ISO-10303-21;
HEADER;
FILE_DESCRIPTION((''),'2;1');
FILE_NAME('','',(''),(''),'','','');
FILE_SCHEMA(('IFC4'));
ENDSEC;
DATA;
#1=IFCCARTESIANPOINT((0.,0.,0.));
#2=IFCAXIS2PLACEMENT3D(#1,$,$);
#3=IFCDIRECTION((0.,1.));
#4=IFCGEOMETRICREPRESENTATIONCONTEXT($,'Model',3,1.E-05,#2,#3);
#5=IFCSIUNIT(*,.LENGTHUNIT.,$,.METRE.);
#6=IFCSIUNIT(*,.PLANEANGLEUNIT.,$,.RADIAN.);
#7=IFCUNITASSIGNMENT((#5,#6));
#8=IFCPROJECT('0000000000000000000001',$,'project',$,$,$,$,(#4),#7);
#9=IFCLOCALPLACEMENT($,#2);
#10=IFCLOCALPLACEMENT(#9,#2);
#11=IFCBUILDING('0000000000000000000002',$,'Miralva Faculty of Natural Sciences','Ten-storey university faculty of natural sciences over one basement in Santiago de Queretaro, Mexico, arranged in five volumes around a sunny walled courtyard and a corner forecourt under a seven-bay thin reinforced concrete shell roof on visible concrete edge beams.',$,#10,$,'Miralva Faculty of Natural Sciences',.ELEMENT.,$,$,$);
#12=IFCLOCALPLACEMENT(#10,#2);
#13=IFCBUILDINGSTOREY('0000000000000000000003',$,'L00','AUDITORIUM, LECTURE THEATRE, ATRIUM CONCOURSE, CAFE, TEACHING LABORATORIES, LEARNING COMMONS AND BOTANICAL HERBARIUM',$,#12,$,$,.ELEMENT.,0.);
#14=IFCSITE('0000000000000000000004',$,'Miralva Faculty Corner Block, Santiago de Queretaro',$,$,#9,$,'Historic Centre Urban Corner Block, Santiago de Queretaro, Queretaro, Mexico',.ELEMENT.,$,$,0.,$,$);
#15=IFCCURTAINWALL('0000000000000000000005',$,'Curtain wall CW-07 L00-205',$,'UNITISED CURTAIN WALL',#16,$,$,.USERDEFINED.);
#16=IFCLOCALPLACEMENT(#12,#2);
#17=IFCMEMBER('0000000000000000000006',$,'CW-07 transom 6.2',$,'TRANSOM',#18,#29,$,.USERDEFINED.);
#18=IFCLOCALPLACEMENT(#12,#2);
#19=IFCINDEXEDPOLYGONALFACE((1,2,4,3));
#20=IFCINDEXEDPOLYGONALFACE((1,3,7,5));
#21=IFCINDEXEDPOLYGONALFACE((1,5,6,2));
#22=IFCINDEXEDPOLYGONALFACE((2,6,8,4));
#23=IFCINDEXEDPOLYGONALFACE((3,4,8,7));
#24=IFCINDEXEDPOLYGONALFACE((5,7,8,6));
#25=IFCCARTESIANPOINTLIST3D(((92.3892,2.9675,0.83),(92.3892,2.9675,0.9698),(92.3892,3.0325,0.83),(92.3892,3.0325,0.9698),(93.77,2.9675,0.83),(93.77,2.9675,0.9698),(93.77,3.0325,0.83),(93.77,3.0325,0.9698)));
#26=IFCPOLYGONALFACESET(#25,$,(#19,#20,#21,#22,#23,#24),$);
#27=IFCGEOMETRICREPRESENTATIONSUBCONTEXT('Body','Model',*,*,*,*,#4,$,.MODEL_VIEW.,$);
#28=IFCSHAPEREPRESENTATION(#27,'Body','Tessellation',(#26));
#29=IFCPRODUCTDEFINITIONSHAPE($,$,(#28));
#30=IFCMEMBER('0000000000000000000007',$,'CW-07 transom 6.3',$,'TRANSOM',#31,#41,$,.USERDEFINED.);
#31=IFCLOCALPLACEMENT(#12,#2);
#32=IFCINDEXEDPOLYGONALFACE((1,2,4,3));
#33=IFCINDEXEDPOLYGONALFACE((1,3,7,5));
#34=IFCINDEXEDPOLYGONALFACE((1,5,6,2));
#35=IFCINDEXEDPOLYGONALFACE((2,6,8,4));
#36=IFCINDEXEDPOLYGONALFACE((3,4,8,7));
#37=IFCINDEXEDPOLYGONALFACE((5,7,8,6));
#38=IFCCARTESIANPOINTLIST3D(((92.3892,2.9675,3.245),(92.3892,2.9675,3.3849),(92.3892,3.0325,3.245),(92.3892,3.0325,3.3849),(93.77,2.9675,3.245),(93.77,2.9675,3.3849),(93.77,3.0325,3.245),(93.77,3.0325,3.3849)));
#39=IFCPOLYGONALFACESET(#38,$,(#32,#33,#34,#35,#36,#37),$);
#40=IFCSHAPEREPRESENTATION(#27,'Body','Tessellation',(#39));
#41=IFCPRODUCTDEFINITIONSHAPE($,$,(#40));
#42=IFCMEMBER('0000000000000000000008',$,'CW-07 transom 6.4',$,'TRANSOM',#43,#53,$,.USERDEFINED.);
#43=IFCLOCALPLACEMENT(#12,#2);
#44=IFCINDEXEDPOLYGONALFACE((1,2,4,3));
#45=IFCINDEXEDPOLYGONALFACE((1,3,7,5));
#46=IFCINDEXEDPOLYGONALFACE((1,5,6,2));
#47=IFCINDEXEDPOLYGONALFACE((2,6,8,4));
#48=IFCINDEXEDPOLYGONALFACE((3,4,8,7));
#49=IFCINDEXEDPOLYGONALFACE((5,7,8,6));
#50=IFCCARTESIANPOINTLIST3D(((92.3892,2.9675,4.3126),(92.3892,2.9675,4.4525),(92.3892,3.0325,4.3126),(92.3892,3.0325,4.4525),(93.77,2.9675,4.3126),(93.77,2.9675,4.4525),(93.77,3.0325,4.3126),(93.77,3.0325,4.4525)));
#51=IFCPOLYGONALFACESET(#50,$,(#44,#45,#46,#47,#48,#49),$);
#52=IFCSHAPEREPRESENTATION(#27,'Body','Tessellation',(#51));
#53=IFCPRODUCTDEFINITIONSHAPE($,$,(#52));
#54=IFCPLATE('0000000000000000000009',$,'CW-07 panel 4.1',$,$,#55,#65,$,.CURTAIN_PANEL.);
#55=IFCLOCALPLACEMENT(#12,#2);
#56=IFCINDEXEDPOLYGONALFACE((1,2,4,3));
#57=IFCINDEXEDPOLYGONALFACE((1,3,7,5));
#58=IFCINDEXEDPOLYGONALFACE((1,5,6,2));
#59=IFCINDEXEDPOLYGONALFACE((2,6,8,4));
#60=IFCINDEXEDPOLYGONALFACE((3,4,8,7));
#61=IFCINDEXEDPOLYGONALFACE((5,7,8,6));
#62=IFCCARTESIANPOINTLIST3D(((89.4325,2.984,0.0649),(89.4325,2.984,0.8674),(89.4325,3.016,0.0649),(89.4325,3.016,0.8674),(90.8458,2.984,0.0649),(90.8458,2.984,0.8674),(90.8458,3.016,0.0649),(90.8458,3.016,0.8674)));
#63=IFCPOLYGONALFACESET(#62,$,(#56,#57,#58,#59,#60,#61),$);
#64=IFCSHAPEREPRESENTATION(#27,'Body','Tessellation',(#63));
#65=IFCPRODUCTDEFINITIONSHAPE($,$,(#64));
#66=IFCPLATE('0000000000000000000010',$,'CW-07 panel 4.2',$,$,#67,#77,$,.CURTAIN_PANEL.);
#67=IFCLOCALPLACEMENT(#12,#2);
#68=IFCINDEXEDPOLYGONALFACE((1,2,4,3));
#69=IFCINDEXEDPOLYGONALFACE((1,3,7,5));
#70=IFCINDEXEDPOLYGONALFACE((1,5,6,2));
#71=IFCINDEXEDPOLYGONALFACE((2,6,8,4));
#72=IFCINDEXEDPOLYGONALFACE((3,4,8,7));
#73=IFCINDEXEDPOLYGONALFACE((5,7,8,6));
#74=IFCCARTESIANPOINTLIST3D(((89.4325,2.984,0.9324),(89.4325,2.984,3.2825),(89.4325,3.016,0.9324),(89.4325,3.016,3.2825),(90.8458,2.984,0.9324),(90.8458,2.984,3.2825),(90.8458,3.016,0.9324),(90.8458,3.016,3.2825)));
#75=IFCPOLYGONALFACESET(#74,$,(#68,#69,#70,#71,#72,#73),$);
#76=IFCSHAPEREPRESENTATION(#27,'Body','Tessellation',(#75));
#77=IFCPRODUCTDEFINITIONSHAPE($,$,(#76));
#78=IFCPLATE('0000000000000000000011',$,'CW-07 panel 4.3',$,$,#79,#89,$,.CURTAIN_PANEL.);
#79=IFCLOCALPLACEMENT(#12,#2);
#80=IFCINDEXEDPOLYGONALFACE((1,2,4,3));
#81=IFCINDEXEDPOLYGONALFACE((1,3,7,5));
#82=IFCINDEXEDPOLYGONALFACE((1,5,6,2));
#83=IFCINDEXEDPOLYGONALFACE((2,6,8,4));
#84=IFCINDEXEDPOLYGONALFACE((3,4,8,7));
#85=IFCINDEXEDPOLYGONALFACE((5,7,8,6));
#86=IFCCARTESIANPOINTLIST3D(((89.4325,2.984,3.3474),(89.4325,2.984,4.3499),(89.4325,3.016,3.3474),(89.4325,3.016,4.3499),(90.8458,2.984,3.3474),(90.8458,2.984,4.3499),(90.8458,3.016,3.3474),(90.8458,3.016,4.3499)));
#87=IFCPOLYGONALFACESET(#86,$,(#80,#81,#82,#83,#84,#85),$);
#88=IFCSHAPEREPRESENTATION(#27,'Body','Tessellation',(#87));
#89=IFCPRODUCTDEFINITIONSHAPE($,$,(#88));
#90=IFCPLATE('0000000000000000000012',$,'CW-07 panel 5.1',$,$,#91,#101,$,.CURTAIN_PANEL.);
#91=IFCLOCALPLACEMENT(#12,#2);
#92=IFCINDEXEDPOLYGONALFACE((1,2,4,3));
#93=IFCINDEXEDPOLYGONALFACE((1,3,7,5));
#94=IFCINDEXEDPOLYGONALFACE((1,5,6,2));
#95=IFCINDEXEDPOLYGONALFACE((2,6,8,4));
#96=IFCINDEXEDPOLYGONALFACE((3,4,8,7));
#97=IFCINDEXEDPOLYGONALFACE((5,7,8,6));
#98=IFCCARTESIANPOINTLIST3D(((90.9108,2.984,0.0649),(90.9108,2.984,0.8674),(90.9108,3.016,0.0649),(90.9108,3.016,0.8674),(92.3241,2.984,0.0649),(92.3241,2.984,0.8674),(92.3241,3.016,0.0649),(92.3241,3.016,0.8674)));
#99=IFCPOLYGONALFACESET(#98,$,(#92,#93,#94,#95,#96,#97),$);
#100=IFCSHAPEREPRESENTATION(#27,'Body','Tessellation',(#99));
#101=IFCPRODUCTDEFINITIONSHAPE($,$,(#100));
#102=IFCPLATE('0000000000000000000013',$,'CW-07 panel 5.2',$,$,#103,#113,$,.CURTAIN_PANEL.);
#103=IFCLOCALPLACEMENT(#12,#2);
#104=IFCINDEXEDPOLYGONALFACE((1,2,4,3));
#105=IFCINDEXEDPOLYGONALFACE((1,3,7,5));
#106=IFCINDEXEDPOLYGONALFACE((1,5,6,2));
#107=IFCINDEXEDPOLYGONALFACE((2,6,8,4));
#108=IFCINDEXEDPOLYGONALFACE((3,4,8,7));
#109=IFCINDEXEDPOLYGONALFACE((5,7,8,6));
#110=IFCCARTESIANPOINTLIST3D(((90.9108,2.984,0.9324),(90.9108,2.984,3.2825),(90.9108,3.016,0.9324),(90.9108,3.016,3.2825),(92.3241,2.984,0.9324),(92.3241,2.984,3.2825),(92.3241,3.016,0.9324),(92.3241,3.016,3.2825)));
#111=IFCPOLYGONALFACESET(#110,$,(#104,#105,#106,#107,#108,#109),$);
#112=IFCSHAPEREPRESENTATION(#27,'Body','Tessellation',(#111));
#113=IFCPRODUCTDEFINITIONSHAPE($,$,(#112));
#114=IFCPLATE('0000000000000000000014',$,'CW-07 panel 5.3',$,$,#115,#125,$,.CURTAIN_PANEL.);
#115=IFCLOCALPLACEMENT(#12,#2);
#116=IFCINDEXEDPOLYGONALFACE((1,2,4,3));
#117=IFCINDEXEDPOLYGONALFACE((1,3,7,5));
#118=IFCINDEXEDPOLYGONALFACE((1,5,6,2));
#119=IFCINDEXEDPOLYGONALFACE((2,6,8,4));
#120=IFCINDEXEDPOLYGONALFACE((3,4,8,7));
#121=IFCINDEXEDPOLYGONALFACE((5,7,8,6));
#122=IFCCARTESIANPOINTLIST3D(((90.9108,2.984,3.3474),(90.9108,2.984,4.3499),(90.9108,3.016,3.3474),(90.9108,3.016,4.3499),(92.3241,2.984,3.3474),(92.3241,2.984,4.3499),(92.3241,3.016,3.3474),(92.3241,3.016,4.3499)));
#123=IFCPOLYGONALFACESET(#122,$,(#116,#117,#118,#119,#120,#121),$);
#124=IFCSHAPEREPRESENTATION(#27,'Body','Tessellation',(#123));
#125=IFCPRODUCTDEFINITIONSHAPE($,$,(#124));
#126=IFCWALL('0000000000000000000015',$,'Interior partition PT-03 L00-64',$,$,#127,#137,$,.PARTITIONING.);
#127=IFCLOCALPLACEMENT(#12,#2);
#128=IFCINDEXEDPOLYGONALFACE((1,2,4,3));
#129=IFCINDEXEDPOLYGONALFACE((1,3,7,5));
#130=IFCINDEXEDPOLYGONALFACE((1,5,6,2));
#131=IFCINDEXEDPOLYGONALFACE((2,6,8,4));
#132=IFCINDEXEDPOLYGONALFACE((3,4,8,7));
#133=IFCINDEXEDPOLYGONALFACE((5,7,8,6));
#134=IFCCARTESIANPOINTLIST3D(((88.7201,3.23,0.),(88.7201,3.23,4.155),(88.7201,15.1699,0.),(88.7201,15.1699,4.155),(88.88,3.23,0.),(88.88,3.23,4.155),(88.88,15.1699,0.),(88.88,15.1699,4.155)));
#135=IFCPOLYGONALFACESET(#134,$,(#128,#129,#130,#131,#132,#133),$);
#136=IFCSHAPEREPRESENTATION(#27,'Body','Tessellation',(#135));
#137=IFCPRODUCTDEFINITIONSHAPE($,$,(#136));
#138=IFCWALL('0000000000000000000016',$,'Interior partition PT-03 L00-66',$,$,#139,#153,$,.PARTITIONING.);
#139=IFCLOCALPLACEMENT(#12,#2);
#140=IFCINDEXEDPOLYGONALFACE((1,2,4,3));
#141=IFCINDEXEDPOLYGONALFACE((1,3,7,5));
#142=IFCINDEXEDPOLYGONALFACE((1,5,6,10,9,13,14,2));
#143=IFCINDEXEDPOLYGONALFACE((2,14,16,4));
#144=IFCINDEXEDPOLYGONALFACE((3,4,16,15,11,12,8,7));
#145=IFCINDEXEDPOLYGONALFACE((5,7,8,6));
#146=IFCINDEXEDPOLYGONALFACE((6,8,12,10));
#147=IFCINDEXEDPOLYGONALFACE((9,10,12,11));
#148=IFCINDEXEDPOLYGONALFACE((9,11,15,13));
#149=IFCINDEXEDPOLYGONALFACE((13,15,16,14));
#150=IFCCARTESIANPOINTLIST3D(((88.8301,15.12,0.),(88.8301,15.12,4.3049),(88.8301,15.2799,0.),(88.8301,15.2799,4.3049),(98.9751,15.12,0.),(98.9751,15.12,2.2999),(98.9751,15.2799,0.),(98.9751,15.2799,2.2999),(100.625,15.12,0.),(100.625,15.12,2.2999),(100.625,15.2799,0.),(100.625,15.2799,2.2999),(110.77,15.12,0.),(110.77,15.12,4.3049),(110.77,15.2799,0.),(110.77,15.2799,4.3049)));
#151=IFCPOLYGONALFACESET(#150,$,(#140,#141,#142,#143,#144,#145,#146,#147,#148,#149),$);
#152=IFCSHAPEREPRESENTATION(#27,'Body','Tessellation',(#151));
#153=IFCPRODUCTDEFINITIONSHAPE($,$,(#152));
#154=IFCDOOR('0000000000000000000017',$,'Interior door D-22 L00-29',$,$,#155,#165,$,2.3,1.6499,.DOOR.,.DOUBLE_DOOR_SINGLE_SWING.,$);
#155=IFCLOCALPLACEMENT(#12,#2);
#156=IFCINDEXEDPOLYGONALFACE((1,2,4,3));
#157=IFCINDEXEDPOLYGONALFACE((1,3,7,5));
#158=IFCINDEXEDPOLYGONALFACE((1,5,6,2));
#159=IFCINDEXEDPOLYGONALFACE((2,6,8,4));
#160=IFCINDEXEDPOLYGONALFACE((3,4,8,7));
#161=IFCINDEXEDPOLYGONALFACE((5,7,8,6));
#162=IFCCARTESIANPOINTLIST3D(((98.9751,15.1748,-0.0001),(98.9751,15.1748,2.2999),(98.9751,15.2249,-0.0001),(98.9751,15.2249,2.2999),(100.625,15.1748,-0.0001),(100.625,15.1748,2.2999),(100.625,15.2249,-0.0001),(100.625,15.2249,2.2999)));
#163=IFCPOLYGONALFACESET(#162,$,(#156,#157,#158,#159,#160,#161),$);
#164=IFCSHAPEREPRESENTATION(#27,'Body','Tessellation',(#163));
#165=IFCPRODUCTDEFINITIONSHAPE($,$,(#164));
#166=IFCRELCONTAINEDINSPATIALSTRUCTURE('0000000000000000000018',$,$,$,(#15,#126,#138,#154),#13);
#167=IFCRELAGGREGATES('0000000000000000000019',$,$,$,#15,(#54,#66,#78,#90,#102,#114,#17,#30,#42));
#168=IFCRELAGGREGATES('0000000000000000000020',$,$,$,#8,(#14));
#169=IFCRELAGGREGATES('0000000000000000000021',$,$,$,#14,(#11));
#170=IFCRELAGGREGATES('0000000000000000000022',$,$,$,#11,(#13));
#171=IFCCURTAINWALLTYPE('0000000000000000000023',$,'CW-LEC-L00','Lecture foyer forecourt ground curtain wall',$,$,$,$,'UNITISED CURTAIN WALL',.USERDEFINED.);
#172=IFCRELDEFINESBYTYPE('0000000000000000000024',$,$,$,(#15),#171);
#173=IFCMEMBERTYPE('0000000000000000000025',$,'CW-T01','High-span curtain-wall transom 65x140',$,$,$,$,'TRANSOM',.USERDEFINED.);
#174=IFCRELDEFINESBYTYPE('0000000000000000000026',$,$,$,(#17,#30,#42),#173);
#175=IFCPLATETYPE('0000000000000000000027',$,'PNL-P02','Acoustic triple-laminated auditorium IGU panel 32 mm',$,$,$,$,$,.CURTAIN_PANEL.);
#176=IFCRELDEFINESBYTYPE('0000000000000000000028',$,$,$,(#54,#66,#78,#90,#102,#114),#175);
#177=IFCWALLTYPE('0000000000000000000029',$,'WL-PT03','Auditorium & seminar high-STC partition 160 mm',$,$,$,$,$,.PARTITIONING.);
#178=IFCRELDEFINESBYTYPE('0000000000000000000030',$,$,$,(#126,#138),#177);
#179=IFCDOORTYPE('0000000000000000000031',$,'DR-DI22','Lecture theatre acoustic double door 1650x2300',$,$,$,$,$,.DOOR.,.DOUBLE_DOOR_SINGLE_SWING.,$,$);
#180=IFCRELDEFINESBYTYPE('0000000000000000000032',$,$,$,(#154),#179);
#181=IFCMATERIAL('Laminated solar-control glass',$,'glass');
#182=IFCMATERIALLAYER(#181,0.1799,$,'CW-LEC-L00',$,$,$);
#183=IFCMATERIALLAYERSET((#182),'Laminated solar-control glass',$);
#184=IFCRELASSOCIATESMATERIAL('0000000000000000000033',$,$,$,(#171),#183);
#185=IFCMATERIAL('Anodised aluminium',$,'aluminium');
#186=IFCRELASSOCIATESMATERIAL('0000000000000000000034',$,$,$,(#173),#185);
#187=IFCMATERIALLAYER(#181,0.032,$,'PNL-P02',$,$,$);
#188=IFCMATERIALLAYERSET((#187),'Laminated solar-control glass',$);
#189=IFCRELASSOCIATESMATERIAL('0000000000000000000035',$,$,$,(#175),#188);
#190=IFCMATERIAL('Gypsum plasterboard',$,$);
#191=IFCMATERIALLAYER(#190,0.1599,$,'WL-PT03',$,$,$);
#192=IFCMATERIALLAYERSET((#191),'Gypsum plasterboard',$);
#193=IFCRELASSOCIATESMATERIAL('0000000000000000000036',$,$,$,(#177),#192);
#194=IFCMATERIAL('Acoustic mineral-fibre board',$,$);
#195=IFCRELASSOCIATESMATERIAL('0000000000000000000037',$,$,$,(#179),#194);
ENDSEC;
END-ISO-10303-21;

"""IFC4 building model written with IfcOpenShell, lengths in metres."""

from ifc_helpers import new_model, si_unit, direction, frame, frame_2d, origin, origin_2d, place, context, subcontext, project, spatial, rectangle, extrude, material, layer, layer_set, material_profile, profile_set, type_object, element, fill, aggregate, save


model = new_model("IFC4")

# Units and contexts
model_context = context("Model", 3, precision=1e-05, world=origin(), true_north=direction((0.0, 1.0)))
body_context = subcontext(model_context, "Body", "Model", "MODEL_VIEW")
ifc_project = project(units=[si_unit("LENGTHUNIT", "METRE"), si_unit("PLANEANGLEUNIT", "RADIAN")], contexts=[model_context])

# Site, building, storey
site_placement = place(None, origin())
site = spatial("IfcSite", under=ifc_project, at=site_placement, Name="Miralva Faculty Corner Block, Santiago de Queretaro", LongName="Historic Centre Urban Corner Block, Santiago de Queretaro, Queretaro, Mexico", CompositionType="ELEMENT", RefElevation=0.0)
building_placement = place(site_placement, origin())
building = spatial("IfcBuilding", under=site, at=building_placement, Name="Miralva Faculty of Natural Sciences", Description="Ten-storey university faculty of natural sciences over one basement in Santiago de Queretaro, Mexico, arranged in five volumes around a sunny walled courtyard and a corner forecourt under a seven-bay thin reinforced concrete shell roof on visible concrete edge beams.", LongName="Miralva Faculty of Natural Sciences", CompositionType="ELEMENT")
storey_placement = place(building_placement, origin())
storey = spatial("IfcBuildingStorey", under=building, at=storey_placement, Name="L00", Description="AUDITORIUM, LECTURE THEATRE, ATRIUM CONCOURSE, CAFE, TEACHING LABORATORIES, LEARNING COMMONS AND BOTANICAL HERBARIUM", CompositionType="ELEMENT", Elevation=0.0)

# Curtain wall, members, plates
ifc_material_1 = material(Name="Laminated solar-control glass", Category="glass")
ifc_layer_1 = layer(ifc_material_1, 0.1799, Name="CW-LEC-L00")
ifc_layer_set_1 = layer_set([ifc_layer_1], Name="Laminated solar-control glass")
curtain_wall_type = type_object("IfcCurtainWallType", Name="CW-LEC-L00", Description="Lecture foyer forecourt ground curtain wall", ElementType="UNITISED CURTAIN WALL", PredefinedType="USERDEFINED", material=ifc_layer_set_1)
curtain_wall_placement = place(storey_placement, origin())
curtain_wall = element("IfcCurtainWall", 1, at=curtain_wall_placement, inside=storey, type_object=curtain_wall_type, Name="Curtain wall CW-07 L00-205", ObjectType="UNITISED CURTAIN WALL", PredefinedType="USERDEFINED")
ifc_material_2 = material(Name="Anodised aluminium", Category="aluminium")
ifc_material_profile_1 = material_profile(ifc_material_2, rectangle(XDim=0.0649, YDim=0.1399, at=origin_2d()), Name="TRANSOM 65x140")
ifc_profile_set_1 = profile_set([ifc_material_profile_1], Name="Anodised aluminium")
member_type_1 = type_object("IfcMemberType", Name="CW-T01", Description="High-span curtain-wall transom 65x140", ElementType="TRANSOM", PredefinedType="USERDEFINED", material=ifc_profile_set_1)
member_1_placement = place(storey_placement, frame((92.3892, 3.0, 0.8999), z_axis=(1.0, 0.0, 0.0), x_axis=(0.0, 1.0, 0.0)))
member_1 = element("IfcMember", 2, at=member_1_placement, type_object=member_type_1, Name="CW-07 transom 6.2", ObjectType="TRANSOM", PredefinedType="USERDEFINED", context=body_context, shape_type="SweptSolid", body=[
    extrude(rectangle(XDim=0.0649, YDim=0.1399, at=origin_2d()), origin(), (0.0, 0.0, 1.0), 1.3809),
])
member_2_placement = place(storey_placement, frame((92.3892, 3.0, 3.3149), z_axis=(1.0, 0.0, 0.0), x_axis=(0.0, 1.0, 0.0)))
member_2 = element("IfcMember", 3, at=member_2_placement, type_object=member_type_1, Name="CW-07 transom 6.3", ObjectType="TRANSOM", PredefinedType="USERDEFINED", context=body_context, shape_type="SweptSolid", body=[
    extrude(rectangle(XDim=0.0649, YDim=0.1399, at=origin_2d()), origin(), (0.0, 0.0, 1.0), 1.3809),
])
member_3_placement = place(storey_placement, frame((92.3892, 3.0, 4.3826), z_axis=(1.0, 0.0, 0.0), x_axis=(0.0, 1.0, 0.0)))
member_3 = element("IfcMember", 4, at=member_3_placement, type_object=member_type_1, Name="CW-07 transom 6.4", ObjectType="TRANSOM", PredefinedType="USERDEFINED", context=body_context, shape_type="SweptSolid", body=[
    extrude(rectangle(XDim=0.0649, YDim=0.1399, at=origin_2d()), origin(), (0.0, 0.0, 1.0), 1.3809),
])
ifc_layer_2 = layer(ifc_material_1, 0.032, Name="PNL-P02")
ifc_layer_set_2 = layer_set([ifc_layer_2], Name="Laminated solar-control glass")
plate_type = type_object("IfcPlateType", Name="PNL-P02", Description="Acoustic triple-laminated auditorium IGU panel 32 mm", PredefinedType="CURTAIN_PANEL", material=ifc_layer_set_2)
plate_1_placement = place(storey_placement, frame((90.1392, 3.0, 0.0649), z_axis=(0.0, 0.0, 1.0), x_axis=(1.0, 0.0, 0.0)))
plate_1 = element("IfcPlate", 5, at=plate_1_placement, type_object=plate_type, Name="CW-07 panel 4.1", PredefinedType="CURTAIN_PANEL", context=body_context, shape_type="SweptSolid", body=[
    extrude(rectangle(XDim=1.4133, YDim=0.032, at=origin_2d()), origin(), (0.0, 0.0, 1.0), 0.8025),
])
plate_2_placement = place(storey_placement, frame((90.1392, 3.0, 0.9324), z_axis=(0.0, 0.0, 1.0), x_axis=(1.0, 0.0, 0.0)))
plate_2 = element("IfcPlate", 6, at=plate_2_placement, type_object=plate_type, Name="CW-07 panel 4.2", PredefinedType="CURTAIN_PANEL", context=body_context, shape_type="SweptSolid", body=[
    extrude(rectangle(XDim=1.4133, YDim=0.032, at=origin_2d()), origin(), (0.0, 0.0, 1.0), 2.3501),
])
plate_3_placement = place(storey_placement, frame((90.1392, 3.0, 3.3474), z_axis=(0.0, 0.0, 1.0), x_axis=(1.0, 0.0, 0.0)))
plate_3 = element("IfcPlate", 7, at=plate_3_placement, type_object=plate_type, Name="CW-07 panel 4.3", PredefinedType="CURTAIN_PANEL", context=body_context, shape_type="SweptSolid", body=[
    extrude(rectangle(XDim=1.4133, YDim=0.032, at=origin_2d()), origin(), (0.0, 0.0, 1.0), 1.0024),
])
plate_4_placement = place(storey_placement, frame((91.6174, 3.0, 0.0649), z_axis=(0.0, 0.0, 1.0), x_axis=(1.0, 0.0, 0.0)))
plate_4 = element("IfcPlate", 8, at=plate_4_placement, type_object=plate_type, Name="CW-07 panel 5.1", PredefinedType="CURTAIN_PANEL", context=body_context, shape_type="SweptSolid", body=[
    extrude(rectangle(XDim=1.4133, YDim=0.032, at=origin_2d()), origin(), (0.0, 0.0, 1.0), 0.8025),
])
plate_5_placement = place(storey_placement, frame((91.6174, 3.0, 0.9324), z_axis=(0.0, 0.0, 1.0), x_axis=(1.0, 0.0, 0.0)))
plate_5 = element("IfcPlate", 9, at=plate_5_placement, type_object=plate_type, Name="CW-07 panel 5.2", PredefinedType="CURTAIN_PANEL", context=body_context, shape_type="SweptSolid", body=[
    extrude(rectangle(XDim=1.4133, YDim=0.032, at=origin_2d()), origin(), (0.0, 0.0, 1.0), 2.3501),
])
plate_6_placement = place(storey_placement, frame((91.6174, 3.0, 3.3474), z_axis=(0.0, 0.0, 1.0), x_axis=(1.0, 0.0, 0.0)))
plate_6 = element("IfcPlate", 10, at=plate_6_placement, type_object=plate_type, Name="CW-07 panel 5.3", PredefinedType="CURTAIN_PANEL", context=body_context, shape_type="SweptSolid", body=[
    extrude(rectangle(XDim=1.4133, YDim=0.032, at=origin_2d()), origin(), (0.0, 0.0, 1.0), 1.0024),
])
aggregate(curtain_wall, [plate_1, plate_2, plate_3, plate_4, plate_5, plate_6, member_1, member_2, member_3])

# Wall
ifc_material_3 = material(Name="Gypsum plasterboard")
ifc_layer_3 = layer(ifc_material_3, 0.1599, Name="WL-PT03")
ifc_layer_set_3 = layer_set([ifc_layer_3], Name="Gypsum plasterboard")
wall_type = type_object("IfcWallType", Name="WL-PT03", Description="Auditorium & seminar high-STC partition 160 mm", PredefinedType="PARTITIONING", material=ifc_layer_set_3)
wall_1_placement = place(storey_placement, frame((88.8, 3.23, 0.0), z_axis=(0.0, 0.0, 1.0), x_axis=(0.0, 1.0, 0.0)))
element("IfcWall", 11, at=wall_1_placement, inside=storey, type_object=wall_type, Name="Interior partition PT-03 L00-64", PredefinedType="PARTITIONING", context=body_context, shape_type="SweptSolid", body=[
    extrude(rectangle(XDim=11.9399, YDim=0.1599, at=frame_2d((5.97, 0.0))), origin(), (0.0, 0.0, 1.0), 4.155),
])

# Wall, opening, door
wall_2_placement = place(storey_placement, frame((88.8301, 15.2, 0.0), z_axis=(0.0, 0.0, 1.0), x_axis=(1.0, 0.0, 0.0)))
wall_2 = element("IfcWall", 12, at=wall_2_placement, inside=storey, type_object=wall_type, Name="Interior partition PT-03 L00-66", PredefinedType="PARTITIONING", context=body_context, shape_type="SweptSolid", body=[
    extrude(rectangle(XDim=21.9399, YDim=0.1599, at=frame_2d((10.97, 0.0))), origin(), (0.0, 0.0, 1.0), 4.3049),
])
opening_placement = place(wall_2_placement, frame((10.145, 0.0, 0.0)))
opening = element("IfcOpeningElement", 13, at=opening_placement, cuts=wall_2, PredefinedType="OPENING", context=body_context, shape_type="SweptSolid", body=[
    extrude(rectangle(XDim=1.6499, YDim=2.3, at=frame_2d((0.825, 1.1499))), frame((0.0, 0.0898, 0.0), z_axis=(0.0, -1.0, 0.0), x_axis=(1.0, 0.0, 0.0)), (0.0, 0.0, 1.0), 0.1799),
])
ifc_material_4 = material(Name="Acoustic mineral-fibre board")
door_type = type_object("IfcDoorType", Name="DR-DI22", Description="Lecture theatre acoustic double door 1650x2300", OperationType="DOUBLE_DOOR_SINGLE_SWING", PredefinedType="DOOR", material=ifc_material_4)
door_placement = place(opening_placement, origin())
door = element("IfcDoor", 14, at=door_placement, inside=storey, type_object=door_type, Name="Interior door D-22 L00-29", OperationType="DOUBLE_DOOR_SINGLE_SWING", OverallHeight=2.3, OverallWidth=1.6499, PredefinedType="DOOR", context=body_context, shape_type="SweptSolid", body=[
    extrude(rectangle(XDim=1.6499, YDim=2.3, at=frame_2d((0.825, 1.1499))), frame((0.0, 0.0249, 0.0), z_axis=(0.0, -1.0, 0.0), x_axis=(1.0, 0.0, 0.0)), (0.0, 0.0, 1.0), 0.05),
])
fill(opening, door)

save(model, "model.ifc")
